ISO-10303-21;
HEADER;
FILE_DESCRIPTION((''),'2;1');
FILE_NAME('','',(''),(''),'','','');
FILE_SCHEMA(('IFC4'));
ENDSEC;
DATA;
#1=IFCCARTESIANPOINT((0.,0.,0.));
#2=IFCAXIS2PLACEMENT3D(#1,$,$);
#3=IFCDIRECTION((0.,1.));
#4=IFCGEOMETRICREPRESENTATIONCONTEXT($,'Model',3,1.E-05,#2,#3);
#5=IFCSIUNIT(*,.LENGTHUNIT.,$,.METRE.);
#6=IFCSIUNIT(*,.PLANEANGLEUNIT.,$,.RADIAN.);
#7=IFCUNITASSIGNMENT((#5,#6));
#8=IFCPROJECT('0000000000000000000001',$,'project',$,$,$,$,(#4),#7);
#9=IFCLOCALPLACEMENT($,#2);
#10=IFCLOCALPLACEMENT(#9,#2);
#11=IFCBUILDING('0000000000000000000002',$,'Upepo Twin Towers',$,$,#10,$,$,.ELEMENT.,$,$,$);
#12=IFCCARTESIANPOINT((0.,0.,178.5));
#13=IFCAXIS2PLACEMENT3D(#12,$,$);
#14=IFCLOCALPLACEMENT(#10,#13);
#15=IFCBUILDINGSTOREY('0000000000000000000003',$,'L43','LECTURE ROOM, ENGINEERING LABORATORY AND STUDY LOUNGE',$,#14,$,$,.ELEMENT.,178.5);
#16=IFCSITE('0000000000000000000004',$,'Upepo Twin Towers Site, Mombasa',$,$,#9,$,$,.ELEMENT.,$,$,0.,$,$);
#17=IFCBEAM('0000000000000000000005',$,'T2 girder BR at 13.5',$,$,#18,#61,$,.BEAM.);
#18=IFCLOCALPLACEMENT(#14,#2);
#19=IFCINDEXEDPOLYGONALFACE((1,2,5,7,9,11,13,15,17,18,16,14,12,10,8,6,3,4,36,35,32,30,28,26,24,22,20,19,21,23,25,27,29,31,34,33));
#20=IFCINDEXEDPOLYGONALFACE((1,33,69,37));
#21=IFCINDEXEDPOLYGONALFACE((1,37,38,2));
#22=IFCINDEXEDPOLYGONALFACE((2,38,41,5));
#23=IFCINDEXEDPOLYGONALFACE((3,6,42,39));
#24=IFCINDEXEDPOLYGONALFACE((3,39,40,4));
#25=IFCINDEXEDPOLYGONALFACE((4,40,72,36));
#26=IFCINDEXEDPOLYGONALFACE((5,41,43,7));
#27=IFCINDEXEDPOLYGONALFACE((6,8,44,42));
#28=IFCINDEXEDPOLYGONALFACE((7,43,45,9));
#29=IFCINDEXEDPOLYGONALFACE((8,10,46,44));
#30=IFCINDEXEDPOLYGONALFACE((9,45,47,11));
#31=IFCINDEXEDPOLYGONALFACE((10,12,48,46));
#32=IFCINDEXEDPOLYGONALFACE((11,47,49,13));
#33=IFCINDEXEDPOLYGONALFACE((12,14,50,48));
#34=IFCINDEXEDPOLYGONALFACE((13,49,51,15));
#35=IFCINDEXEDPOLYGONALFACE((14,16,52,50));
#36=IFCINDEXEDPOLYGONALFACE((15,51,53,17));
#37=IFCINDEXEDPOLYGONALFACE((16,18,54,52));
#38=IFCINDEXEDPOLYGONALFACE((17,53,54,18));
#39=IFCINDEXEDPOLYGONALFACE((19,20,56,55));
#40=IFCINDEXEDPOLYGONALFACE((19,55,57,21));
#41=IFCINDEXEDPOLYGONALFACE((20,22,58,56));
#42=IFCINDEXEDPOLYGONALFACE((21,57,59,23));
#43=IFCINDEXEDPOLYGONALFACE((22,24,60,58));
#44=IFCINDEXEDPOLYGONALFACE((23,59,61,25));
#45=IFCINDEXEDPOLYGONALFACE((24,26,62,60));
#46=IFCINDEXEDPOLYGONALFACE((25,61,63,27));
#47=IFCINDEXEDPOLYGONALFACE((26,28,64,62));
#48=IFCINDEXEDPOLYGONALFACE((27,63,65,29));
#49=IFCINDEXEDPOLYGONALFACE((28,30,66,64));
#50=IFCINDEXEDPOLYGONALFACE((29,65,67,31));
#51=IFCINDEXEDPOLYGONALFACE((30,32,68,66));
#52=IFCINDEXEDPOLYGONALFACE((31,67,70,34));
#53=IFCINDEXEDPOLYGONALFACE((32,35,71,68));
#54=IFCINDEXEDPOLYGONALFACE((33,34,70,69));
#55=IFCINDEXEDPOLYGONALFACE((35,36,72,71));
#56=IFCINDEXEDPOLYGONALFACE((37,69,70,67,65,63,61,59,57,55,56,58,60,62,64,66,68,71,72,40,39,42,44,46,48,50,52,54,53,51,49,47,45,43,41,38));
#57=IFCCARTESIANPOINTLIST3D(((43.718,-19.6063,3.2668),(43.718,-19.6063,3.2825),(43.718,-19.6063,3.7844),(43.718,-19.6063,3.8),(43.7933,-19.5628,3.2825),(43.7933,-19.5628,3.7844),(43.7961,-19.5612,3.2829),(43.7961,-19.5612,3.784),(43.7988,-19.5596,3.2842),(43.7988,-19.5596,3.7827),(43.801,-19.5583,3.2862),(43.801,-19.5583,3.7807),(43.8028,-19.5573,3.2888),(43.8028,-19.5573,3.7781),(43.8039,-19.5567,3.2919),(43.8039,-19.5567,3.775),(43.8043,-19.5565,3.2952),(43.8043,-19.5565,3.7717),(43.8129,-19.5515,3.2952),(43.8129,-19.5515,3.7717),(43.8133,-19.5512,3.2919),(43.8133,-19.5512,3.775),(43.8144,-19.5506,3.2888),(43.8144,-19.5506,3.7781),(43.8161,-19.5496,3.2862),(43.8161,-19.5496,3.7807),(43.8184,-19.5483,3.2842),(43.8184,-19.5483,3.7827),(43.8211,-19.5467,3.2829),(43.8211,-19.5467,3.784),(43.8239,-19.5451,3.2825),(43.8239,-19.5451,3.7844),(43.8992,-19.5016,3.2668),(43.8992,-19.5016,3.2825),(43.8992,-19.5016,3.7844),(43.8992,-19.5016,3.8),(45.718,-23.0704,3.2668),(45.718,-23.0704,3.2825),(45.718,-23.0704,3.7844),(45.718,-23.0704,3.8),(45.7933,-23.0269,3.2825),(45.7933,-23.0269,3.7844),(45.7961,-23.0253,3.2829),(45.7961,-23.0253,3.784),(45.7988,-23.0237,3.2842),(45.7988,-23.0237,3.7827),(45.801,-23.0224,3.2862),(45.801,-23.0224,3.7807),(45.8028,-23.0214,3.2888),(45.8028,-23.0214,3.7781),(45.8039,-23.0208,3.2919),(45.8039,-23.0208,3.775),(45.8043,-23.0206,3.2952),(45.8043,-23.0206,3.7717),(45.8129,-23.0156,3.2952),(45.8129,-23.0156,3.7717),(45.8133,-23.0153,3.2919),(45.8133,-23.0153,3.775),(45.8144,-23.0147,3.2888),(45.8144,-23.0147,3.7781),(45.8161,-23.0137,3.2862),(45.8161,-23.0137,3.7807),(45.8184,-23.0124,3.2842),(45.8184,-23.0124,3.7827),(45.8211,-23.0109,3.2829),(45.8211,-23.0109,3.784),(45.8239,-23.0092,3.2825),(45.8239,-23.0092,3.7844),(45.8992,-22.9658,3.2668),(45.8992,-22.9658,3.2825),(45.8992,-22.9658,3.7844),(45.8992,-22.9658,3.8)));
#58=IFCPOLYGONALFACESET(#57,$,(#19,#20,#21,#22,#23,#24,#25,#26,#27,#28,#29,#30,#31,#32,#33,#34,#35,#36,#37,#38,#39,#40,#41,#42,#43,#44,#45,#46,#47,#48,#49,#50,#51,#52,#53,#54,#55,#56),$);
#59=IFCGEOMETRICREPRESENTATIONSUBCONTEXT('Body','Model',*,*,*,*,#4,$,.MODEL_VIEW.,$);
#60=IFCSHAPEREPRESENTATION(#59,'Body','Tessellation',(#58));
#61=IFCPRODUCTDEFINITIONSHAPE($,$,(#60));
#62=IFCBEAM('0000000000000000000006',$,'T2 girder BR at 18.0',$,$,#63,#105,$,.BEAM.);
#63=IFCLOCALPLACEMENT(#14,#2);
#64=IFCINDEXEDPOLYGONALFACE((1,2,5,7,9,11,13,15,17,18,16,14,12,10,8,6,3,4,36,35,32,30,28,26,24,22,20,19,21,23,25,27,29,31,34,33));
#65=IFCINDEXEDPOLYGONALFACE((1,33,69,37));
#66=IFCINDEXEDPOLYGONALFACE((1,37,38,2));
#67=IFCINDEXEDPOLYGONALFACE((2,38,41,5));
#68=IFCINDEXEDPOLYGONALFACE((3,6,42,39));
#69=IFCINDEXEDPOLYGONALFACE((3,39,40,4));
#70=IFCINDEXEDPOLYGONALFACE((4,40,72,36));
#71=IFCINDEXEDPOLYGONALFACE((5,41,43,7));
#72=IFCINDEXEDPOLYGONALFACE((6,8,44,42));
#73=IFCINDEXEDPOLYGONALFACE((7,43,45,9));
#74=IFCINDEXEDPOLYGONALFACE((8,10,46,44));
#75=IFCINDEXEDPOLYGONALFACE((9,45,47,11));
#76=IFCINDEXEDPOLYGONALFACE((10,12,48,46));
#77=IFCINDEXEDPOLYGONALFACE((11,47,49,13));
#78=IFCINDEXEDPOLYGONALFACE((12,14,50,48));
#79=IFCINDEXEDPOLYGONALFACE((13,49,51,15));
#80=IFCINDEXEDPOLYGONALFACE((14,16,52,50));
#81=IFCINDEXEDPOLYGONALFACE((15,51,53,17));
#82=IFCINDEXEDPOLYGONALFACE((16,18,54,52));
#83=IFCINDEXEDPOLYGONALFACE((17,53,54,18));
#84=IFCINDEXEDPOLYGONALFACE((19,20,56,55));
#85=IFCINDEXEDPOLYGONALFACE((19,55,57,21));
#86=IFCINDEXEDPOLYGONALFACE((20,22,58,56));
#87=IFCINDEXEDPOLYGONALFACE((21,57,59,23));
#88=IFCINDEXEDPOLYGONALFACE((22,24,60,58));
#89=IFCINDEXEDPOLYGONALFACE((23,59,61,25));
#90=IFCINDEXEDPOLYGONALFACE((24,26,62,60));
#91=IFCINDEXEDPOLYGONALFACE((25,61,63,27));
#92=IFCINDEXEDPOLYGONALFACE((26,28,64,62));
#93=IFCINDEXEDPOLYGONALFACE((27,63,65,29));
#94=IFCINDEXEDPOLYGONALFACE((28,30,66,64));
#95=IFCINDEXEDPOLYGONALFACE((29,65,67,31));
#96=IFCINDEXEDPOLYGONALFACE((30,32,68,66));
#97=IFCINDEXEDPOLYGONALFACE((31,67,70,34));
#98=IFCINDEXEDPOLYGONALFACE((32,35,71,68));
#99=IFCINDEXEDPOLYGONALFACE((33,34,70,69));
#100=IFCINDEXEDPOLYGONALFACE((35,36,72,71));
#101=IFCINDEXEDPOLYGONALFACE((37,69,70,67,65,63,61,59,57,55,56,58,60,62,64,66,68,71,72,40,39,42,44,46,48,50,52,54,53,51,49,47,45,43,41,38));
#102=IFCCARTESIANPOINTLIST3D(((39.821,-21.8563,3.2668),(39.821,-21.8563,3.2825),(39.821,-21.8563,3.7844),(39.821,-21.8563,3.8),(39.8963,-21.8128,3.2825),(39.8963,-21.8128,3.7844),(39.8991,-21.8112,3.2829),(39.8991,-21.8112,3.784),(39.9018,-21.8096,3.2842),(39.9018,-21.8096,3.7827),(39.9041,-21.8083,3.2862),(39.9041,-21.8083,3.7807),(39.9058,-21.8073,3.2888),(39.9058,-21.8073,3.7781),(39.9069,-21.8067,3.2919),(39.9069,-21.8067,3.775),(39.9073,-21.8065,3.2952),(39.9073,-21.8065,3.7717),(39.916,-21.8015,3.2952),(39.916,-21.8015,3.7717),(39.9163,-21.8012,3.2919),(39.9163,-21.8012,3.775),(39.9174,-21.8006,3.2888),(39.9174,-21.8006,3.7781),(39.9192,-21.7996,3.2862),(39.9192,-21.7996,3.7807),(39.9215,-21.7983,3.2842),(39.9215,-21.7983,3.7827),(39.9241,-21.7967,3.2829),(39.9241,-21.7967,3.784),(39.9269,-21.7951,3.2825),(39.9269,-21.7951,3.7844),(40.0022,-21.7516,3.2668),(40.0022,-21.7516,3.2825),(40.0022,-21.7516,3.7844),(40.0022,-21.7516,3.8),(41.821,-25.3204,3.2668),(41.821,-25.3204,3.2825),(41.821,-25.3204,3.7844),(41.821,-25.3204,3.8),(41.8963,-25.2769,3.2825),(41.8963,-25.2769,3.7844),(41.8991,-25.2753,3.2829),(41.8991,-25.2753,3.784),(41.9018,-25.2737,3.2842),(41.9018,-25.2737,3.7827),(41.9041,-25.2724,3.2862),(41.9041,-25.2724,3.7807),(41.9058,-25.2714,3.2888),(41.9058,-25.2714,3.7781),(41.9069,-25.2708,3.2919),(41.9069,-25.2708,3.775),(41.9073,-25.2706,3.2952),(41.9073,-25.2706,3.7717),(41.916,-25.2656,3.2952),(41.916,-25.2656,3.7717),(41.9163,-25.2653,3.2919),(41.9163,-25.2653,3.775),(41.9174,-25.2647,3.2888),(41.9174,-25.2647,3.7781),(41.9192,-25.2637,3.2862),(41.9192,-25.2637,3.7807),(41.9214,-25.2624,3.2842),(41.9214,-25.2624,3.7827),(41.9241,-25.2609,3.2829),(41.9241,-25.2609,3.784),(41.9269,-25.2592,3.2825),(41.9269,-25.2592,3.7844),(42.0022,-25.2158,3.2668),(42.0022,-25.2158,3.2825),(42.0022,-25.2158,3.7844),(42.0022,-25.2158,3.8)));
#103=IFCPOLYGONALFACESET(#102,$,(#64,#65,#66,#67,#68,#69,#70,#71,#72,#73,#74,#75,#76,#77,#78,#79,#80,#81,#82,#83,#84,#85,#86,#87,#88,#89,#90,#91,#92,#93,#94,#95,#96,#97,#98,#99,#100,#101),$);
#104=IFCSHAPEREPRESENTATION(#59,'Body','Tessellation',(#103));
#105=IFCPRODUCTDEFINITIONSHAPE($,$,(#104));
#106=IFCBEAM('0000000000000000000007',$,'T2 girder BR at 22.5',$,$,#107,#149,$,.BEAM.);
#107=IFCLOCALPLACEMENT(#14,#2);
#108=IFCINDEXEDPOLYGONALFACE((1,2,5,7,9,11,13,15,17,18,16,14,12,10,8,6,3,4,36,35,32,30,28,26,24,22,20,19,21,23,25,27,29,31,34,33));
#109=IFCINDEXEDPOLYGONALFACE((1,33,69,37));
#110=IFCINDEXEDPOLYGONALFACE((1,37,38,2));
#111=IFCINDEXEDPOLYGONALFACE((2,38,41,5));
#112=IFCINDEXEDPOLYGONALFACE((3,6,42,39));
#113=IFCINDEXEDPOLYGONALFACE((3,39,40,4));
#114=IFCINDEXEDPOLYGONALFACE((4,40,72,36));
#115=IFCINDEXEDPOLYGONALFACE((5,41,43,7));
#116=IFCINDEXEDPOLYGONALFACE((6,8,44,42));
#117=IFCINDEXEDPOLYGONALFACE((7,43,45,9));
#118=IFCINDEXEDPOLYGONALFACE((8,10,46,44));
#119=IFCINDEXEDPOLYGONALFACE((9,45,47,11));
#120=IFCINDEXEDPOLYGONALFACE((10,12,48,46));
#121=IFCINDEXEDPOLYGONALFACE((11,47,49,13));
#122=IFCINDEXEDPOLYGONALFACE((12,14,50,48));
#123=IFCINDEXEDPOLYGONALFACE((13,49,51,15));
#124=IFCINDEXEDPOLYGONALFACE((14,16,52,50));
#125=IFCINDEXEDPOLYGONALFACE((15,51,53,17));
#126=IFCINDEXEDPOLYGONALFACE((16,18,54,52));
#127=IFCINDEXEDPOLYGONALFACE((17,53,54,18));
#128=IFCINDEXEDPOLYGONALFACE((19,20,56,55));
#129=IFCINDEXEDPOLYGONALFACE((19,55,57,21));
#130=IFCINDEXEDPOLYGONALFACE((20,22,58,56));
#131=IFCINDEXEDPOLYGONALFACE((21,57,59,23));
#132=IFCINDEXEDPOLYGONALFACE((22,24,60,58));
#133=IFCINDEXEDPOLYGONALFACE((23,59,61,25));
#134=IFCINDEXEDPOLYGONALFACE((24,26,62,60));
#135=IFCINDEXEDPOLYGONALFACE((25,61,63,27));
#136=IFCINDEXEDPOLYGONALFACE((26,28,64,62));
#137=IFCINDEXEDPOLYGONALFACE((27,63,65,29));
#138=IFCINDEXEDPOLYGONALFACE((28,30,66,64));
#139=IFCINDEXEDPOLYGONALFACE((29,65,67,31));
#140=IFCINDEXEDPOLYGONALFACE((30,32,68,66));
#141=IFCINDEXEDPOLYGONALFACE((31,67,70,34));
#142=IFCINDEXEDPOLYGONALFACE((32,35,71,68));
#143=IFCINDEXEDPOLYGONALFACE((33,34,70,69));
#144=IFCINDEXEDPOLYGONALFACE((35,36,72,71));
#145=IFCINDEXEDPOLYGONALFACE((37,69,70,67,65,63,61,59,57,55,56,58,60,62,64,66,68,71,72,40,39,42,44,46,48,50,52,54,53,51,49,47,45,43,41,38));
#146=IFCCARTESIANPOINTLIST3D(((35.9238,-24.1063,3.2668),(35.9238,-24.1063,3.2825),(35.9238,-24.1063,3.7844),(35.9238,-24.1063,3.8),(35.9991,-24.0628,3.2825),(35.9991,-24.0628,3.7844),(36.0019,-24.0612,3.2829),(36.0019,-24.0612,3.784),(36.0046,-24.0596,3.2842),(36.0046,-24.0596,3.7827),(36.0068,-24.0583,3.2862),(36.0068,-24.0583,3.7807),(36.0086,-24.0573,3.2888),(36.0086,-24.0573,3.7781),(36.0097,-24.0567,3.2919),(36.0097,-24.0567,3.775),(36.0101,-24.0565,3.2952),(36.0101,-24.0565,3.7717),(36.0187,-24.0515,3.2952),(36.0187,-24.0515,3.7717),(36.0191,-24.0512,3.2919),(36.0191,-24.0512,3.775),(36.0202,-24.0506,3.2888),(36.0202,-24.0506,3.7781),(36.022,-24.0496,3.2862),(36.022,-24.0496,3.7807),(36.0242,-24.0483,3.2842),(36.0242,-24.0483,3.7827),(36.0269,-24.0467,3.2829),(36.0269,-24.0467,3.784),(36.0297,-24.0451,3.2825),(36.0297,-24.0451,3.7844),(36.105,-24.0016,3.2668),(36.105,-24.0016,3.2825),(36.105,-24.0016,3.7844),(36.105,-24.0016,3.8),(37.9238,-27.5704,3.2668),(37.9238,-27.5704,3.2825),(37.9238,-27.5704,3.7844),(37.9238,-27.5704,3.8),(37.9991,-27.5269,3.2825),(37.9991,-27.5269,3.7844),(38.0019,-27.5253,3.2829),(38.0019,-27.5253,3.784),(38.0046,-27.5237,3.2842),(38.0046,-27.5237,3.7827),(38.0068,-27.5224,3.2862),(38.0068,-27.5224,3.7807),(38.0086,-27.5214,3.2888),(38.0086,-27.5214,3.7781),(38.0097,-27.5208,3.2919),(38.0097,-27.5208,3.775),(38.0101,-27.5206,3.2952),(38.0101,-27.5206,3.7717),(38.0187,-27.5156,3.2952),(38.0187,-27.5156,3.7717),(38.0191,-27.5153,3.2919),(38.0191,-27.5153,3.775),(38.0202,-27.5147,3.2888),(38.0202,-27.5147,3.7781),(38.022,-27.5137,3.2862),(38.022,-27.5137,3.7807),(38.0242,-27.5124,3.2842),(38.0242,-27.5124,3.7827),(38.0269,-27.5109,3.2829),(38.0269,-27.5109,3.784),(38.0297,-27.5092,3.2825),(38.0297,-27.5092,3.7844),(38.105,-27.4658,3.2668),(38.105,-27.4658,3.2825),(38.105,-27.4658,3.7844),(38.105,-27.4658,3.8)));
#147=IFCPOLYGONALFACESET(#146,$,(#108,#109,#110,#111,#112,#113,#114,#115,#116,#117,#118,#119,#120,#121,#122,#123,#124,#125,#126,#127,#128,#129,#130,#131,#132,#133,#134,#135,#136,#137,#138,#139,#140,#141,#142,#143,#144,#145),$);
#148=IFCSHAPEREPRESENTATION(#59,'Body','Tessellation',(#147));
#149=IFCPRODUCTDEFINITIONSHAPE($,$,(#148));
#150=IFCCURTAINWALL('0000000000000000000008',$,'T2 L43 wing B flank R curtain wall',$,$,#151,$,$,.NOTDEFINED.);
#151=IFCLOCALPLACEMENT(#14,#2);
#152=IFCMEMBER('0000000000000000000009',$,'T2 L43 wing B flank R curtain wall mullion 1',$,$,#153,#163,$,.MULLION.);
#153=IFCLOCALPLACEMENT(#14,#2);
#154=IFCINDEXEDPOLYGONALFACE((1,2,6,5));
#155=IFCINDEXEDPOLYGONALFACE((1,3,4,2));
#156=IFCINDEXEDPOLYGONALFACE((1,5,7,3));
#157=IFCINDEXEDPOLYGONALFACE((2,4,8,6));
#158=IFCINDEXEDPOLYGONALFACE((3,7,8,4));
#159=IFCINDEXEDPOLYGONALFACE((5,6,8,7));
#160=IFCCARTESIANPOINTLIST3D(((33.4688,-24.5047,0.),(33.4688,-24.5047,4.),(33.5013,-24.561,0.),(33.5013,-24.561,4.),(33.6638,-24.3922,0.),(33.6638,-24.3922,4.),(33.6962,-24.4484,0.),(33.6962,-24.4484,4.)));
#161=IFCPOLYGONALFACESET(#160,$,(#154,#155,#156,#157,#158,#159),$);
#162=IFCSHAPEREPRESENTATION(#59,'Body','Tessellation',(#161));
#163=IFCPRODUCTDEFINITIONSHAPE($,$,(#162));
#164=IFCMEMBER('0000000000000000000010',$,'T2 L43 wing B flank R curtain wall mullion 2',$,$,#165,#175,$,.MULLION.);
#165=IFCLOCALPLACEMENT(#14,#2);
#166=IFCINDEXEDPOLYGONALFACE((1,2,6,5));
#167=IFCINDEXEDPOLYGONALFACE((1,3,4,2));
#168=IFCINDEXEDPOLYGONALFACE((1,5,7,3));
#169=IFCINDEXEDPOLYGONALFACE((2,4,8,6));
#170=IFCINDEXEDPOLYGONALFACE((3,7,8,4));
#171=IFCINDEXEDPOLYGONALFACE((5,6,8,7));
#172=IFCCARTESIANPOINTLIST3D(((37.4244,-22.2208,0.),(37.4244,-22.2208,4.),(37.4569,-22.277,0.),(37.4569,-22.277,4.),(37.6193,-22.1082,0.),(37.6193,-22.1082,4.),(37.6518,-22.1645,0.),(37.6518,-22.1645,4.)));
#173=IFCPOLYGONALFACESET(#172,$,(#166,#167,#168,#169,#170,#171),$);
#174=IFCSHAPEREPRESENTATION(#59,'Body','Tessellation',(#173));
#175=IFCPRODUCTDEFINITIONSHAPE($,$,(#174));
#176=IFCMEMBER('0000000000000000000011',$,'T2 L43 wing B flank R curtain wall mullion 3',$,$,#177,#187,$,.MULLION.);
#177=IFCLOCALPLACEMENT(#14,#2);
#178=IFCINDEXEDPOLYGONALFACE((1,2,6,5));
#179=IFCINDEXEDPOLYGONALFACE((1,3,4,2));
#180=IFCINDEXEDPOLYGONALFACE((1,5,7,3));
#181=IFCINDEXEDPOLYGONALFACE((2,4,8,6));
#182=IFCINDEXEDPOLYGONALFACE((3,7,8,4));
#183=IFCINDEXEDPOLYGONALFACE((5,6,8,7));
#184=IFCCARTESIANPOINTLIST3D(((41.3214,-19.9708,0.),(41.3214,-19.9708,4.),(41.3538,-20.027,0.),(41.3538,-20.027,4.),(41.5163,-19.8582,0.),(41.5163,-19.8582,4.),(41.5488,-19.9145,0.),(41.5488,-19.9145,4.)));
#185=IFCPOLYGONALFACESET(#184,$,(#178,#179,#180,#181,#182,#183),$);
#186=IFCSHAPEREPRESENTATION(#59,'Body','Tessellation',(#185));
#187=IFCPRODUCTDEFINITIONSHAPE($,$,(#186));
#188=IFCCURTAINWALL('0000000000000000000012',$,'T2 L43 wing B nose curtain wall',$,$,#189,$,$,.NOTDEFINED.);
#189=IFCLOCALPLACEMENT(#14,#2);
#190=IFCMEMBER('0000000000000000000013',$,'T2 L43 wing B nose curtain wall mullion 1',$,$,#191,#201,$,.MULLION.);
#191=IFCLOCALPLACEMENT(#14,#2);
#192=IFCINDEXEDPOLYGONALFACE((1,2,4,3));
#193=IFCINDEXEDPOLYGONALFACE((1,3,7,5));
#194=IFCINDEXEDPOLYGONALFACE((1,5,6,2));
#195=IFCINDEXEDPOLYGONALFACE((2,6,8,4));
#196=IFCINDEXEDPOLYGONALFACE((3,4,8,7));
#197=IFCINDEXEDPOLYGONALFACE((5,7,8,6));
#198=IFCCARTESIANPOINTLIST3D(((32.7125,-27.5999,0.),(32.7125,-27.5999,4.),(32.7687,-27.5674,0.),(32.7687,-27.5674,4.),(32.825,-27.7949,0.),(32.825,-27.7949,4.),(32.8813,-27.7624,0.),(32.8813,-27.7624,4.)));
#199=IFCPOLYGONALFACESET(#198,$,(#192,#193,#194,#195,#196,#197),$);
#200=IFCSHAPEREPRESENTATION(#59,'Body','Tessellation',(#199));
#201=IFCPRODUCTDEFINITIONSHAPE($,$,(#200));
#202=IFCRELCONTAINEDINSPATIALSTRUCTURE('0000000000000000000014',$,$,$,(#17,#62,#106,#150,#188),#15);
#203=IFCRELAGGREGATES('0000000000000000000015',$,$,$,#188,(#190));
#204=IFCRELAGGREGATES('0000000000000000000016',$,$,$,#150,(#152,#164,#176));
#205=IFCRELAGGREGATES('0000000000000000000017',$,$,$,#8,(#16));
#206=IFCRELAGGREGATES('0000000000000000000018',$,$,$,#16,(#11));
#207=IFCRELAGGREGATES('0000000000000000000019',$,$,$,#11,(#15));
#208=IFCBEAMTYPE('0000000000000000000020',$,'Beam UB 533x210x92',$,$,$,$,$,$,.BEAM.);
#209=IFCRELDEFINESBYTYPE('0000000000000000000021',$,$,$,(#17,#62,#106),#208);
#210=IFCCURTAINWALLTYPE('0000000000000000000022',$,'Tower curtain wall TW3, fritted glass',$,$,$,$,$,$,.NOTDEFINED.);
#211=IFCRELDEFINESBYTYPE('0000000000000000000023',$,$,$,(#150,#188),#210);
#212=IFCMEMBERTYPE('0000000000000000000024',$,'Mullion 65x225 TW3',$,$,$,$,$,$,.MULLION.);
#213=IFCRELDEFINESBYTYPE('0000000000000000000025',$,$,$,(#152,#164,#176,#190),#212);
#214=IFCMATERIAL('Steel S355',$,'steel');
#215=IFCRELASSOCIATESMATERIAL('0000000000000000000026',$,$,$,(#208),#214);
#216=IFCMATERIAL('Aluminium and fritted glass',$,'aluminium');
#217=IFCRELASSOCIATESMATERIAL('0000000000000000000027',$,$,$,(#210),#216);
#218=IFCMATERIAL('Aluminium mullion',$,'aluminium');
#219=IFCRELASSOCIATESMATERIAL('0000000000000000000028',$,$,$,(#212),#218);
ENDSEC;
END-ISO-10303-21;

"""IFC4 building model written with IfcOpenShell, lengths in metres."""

from ifc_helpers import new_model, si_unit, direction, frame, origin, origin_2d, place, context, subcontext, project, spatial, rectangle, i_section, extrude, material, material_profile, profile_set, type_object, element, aggregate, save


model = new_model("IFC4")

# Units and contexts
model_context = context("Model", 3, precision=1e-05, world=origin(), true_north=direction((0.0, 1.0)))
body_context = subcontext(model_context, "Body", "Model", "MODEL_VIEW")
ifc_project = project(units=[si_unit("LENGTHUNIT", "METRE"), si_unit("PLANEANGLEUNIT", "RADIAN")], contexts=[model_context])

# Site, building, storey
site_placement = place(None, origin())
site = spatial("IfcSite", under=ifc_project, at=site_placement, Name="Upepo Twin Towers Site, Mombasa", CompositionType="ELEMENT", RefElevation=0.0)
building_placement = place(site_placement, origin())
building = spatial("IfcBuilding", under=site, at=building_placement, Name="Upepo Twin Towers", CompositionType="ELEMENT")
storey_placement = place(building_placement, frame((0.0, 0.0, 178.5)))
storey = spatial("IfcBuildingStorey", under=building, at=storey_placement, Name="L43", Description="LECTURE ROOM, ENGINEERING LABORATORY AND STUDY LOUNGE", CompositionType="ELEMENT", Elevation=178.5)

# Beams
ifc_material_1 = material(Name="Steel S355", Category="steel")
ifc_material_profile_1 = material_profile(ifc_material_1, i_section(OverallWidth=0.2092, OverallDepth=0.5332, WebThickness=0.01, FlangeThickness=0.0156, FilletRadius=0.0127, at=origin_2d()), Name="UB 533x210x92")
ifc_profile_set_1 = profile_set([ifc_material_profile_1], Name="Steel S355")
beam_type_1 = type_object("IfcBeamType", Name="Beam UB 533x210x92", PredefinedType="BEAM", material=ifc_profile_set_1)
for number, where, z_axis, x_axis, name in (
    (1, (43.8086, -19.554, 3.5334), (0.499999, -0.866026, 0.0), (0.866026, 0.499999, 0.0), "T2 girder BR at 13.5"),
    (2, (39.9116, -21.804, 3.5334), (0.499999, -0.866026, 0.0), (0.866026, 0.499999, 0.0), "T2 girder BR at 18.0"),
    (3, (36.0144, -24.054, 3.5334), (0.499999, -0.866026, 0.0), (0.866026, 0.499999, 0.0), "T2 girder BR at 22.5"),
):
    element("IfcBeam", number, at=place(storey_placement, frame(where, z_axis=z_axis, x_axis=x_axis)), inside=storey, type_object=beam_type_1, Name=name, PredefinedType="BEAM", context=body_context, shape_type="SweptSolid", body=[
        extrude(i_section(OverallWidth=0.2092, OverallDepth=0.5332, WebThickness=0.01, FlangeThickness=0.0156, FilletRadius=0.0127, at=origin_2d()), origin(), (0.0, 0.0, 1.0), 4.0),
    ])

# Curtain wall, members
ifc_material_2 = material(Name="Aluminium and fritted glass", Category="aluminium")
curtain_wall_type = type_object("IfcCurtainWallType", Name="Tower curtain wall TW3, fritted glass", PredefinedType="NOTDEFINED", material=ifc_material_2)
curtain_wall_1_placement = place(storey_placement, origin())
curtain_wall_1 = element("IfcCurtainWall", 4, at=curtain_wall_1_placement, inside=storey, type_object=curtain_wall_type, Name="T2 L43 wing B flank R curtain wall", PredefinedType="NOTDEFINED")
ifc_material_3 = material(Name="Aluminium mullion", Category="aluminium")
ifc_material_profile_2 = material_profile(ifc_material_3, rectangle(XDim=0.0649, YDim=0.2251, at=origin_2d()), Name="MULLION 65x225")
ifc_profile_set_2 = profile_set([ifc_material_profile_2], Name="Aluminium mullion")
member_type_1 = type_object("IfcMemberType", Name="Mullion 65x225 TW3", PredefinedType="MULLION", material=ifc_profile_set_2)
member_1_placement = place(storey_placement, frame((33.5825, -24.4766, 0.0), z_axis=(0.0, 0.0, 1.0), x_axis=(-0.5, 0.866025, 0.0)))
member_1 = element("IfcMember", 5, at=member_1_placement, type_object=member_type_1, Name="T2 L43 wing B flank R curtain wall mullion 1", PredefinedType="MULLION", context=body_context, shape_type="SweptSolid", body=[
    extrude(rectangle(XDim=0.0649, YDim=0.2251, at=origin_2d()), origin(), (0.0, 0.0, 1.0), 4.0),
])
member_2_placement = place(storey_placement, frame((37.5381, -22.1926, 0.0), z_axis=(0.0, 0.0, 1.0), x_axis=(-0.5, 0.866025, 0.0)))
member_2 = element("IfcMember", 6, at=member_2_placement, type_object=member_type_1, Name="T2 L43 wing B flank R curtain wall mullion 2", PredefinedType="MULLION", context=body_context, shape_type="SweptSolid", body=[
    extrude(rectangle(XDim=0.0649, YDim=0.2251, at=origin_2d()), origin(), (0.0, 0.0, 1.0), 4.0),
])
member_3_placement = place(storey_placement, frame((41.4351, -19.9426, 0.0), z_axis=(0.0, 0.0, 1.0), x_axis=(-0.5, 0.866025, 0.0)))
member_3 = element("IfcMember", 7, at=member_3_placement, type_object=member_type_1, Name="T2 L43 wing B flank R curtain wall mullion 3", PredefinedType="MULLION", context=body_context, shape_type="SweptSolid", body=[
    extrude(rectangle(XDim=0.0649, YDim=0.2251, at=origin_2d()), origin(), (0.0, 0.0, 1.0), 4.0),
])

# Curtain wall, member
curtain_wall_2_placement = place(storey_placement, origin())
curtain_wall_2 = element("IfcCurtainWall", 8, at=curtain_wall_2_placement, inside=storey, type_object=curtain_wall_type, Name="T2 L43 wing B nose curtain wall", PredefinedType="NOTDEFINED")
member_4_placement = place(storey_placement, frame((32.7969, -27.6812, 0.0), z_axis=(0.0, 0.0, 1.0), x_axis=(0.866025, 0.5, 0.0)))
member_4 = element("IfcMember", 9, at=member_4_placement, type_object=member_type_1, Name="T2 L43 wing B nose curtain wall mullion 1", PredefinedType="MULLION", context=body_context, shape_type="SweptSolid", body=[
    extrude(rectangle(XDim=0.0649, YDim=0.2251, at=origin_2d()), origin(), (0.0, 0.0, 1.0), 4.0),
])

aggregate(curtain_wall_2, [member_4])

aggregate(curtain_wall_1, [member_1, member_2, member_3])

save(model, "model.ifc")
